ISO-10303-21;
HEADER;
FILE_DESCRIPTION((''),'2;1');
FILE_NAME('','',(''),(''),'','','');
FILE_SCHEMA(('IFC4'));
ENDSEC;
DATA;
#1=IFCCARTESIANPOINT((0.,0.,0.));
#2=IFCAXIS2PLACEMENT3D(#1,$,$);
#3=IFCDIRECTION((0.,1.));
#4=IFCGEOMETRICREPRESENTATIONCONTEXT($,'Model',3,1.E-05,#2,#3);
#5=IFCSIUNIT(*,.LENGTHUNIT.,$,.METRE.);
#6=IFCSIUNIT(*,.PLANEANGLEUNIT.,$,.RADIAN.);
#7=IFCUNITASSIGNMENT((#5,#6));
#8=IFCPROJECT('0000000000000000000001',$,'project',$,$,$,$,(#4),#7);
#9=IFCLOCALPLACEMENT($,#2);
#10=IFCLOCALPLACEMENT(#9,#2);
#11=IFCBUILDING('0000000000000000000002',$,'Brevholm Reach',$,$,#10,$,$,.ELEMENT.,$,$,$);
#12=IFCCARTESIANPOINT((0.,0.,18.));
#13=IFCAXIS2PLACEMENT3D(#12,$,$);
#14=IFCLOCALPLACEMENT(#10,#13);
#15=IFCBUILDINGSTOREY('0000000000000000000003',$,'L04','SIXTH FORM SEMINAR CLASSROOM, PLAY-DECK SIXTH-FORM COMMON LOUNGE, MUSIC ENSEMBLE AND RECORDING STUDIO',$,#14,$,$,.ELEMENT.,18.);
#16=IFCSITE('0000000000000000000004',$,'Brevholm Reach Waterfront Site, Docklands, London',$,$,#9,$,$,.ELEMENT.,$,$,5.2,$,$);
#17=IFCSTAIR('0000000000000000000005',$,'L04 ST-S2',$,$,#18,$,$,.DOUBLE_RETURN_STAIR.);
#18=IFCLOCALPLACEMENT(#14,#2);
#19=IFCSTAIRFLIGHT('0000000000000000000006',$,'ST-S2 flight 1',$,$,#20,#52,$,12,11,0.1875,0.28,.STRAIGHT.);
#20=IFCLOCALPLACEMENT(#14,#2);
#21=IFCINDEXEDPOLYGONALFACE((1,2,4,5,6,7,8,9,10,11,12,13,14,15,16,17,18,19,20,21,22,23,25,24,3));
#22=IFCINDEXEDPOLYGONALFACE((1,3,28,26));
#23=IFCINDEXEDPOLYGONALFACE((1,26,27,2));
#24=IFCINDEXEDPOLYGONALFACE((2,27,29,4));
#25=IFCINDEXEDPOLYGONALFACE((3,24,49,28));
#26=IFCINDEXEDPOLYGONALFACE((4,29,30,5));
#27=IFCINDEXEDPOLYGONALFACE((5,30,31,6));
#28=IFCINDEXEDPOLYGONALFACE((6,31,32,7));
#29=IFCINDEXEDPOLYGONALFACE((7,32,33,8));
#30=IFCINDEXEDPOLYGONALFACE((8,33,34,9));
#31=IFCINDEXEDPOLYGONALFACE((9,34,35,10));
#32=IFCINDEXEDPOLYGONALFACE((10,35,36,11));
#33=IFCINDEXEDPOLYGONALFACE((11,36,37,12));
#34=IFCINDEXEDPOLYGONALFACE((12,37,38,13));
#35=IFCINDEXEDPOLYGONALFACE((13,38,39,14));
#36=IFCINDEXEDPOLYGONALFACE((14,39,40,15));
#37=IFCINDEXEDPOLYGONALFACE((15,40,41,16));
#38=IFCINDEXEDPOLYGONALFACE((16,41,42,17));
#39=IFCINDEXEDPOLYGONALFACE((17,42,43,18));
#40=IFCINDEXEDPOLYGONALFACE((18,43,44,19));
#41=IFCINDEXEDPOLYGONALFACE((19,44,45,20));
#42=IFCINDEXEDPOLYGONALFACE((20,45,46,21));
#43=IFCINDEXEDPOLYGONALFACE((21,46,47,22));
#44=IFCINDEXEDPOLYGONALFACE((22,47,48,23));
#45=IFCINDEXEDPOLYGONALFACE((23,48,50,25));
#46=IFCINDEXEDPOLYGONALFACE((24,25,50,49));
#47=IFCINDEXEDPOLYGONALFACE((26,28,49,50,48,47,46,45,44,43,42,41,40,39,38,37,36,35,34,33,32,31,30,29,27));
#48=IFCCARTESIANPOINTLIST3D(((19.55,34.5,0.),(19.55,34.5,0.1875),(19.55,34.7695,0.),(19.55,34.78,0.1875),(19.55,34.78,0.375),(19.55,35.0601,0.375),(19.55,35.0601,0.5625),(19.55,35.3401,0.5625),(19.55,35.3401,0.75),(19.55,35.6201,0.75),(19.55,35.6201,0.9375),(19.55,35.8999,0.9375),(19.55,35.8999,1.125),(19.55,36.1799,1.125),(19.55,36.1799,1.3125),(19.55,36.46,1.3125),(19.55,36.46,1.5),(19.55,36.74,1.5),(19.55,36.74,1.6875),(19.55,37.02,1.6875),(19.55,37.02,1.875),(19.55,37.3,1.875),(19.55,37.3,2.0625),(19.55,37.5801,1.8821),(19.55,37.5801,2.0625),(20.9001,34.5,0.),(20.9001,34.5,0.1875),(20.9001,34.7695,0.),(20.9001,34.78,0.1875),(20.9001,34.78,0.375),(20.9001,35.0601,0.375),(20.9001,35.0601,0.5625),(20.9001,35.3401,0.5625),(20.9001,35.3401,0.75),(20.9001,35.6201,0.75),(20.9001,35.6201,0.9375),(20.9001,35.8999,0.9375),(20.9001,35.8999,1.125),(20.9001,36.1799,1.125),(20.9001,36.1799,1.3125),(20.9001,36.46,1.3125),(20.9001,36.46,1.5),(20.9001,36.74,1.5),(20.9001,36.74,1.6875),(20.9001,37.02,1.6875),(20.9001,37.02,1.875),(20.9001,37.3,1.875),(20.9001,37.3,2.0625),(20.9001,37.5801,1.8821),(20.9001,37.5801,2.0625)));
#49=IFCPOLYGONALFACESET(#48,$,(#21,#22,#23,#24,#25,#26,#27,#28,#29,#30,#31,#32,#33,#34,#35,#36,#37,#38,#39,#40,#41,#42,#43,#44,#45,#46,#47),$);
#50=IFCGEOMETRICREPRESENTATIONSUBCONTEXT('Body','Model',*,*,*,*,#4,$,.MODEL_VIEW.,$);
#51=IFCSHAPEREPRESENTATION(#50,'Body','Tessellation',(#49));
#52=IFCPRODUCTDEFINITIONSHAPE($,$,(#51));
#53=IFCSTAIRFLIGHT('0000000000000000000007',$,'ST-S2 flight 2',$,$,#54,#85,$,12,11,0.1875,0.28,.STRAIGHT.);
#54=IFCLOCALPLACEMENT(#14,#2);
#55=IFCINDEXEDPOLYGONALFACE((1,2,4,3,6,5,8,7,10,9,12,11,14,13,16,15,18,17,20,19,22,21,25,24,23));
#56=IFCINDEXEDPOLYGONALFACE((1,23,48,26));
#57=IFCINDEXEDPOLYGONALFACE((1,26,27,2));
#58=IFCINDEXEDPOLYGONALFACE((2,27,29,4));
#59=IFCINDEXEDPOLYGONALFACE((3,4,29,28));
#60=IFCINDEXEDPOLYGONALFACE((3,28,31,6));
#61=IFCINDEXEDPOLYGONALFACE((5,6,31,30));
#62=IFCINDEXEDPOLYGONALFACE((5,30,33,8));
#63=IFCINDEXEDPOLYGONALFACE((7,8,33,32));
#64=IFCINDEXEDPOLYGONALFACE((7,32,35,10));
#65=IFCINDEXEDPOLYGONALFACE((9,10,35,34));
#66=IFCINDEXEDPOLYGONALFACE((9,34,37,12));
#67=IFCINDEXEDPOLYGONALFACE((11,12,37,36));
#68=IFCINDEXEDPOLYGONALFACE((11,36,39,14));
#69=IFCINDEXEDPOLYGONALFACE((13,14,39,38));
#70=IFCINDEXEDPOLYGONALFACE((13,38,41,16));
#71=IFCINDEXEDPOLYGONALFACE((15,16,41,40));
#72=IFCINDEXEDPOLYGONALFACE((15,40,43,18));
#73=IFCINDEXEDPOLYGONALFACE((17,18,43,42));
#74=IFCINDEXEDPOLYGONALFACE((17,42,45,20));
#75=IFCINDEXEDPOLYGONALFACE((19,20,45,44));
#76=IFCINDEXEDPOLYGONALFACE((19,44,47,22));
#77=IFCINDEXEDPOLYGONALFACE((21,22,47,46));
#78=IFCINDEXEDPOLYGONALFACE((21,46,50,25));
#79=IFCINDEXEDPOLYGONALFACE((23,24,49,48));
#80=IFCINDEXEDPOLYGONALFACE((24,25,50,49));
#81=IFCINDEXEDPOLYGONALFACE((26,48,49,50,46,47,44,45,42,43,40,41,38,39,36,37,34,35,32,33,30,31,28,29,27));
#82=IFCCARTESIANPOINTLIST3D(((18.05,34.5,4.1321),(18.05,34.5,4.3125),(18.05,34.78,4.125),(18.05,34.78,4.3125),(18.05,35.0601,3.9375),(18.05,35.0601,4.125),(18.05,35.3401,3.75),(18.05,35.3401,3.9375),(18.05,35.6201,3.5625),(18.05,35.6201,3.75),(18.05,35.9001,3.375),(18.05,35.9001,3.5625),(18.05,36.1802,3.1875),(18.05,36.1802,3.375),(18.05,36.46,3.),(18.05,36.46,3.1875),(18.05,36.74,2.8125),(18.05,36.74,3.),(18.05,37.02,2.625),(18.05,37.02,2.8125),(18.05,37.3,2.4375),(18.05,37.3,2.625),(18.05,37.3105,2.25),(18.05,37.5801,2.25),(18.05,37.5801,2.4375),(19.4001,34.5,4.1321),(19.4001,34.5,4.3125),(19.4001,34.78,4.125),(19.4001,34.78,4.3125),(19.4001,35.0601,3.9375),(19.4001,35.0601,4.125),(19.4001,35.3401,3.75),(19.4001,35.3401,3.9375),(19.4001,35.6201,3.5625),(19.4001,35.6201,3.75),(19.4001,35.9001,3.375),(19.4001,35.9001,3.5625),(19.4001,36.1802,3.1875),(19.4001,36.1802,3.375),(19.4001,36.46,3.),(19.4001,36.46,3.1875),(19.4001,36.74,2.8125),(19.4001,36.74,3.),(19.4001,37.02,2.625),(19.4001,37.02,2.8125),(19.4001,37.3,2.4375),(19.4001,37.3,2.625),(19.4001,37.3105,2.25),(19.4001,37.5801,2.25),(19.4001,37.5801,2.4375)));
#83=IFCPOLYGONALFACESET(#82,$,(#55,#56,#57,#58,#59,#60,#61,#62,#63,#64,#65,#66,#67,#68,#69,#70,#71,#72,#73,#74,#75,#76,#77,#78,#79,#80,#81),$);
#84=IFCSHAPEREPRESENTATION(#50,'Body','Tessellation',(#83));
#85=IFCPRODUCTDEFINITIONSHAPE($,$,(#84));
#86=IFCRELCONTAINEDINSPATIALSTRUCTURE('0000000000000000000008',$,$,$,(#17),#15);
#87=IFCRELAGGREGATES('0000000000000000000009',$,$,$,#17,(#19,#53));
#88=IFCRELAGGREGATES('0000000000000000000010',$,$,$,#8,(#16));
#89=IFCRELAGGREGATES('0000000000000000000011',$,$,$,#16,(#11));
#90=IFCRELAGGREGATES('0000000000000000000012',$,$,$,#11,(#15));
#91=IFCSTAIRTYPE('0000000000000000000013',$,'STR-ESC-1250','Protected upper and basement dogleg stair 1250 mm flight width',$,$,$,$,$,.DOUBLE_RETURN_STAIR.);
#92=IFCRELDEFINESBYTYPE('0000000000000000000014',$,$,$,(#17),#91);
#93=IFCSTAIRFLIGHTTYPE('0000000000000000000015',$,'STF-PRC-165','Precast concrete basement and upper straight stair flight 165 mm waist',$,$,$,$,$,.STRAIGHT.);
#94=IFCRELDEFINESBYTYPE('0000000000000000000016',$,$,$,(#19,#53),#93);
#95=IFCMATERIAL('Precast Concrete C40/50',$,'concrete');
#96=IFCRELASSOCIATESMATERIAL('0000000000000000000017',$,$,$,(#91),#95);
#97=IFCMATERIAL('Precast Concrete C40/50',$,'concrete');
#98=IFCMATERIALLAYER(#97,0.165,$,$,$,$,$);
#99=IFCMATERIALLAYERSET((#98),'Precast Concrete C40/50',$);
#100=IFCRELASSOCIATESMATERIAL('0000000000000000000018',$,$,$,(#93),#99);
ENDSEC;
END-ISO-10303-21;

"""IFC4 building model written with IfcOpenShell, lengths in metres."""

from ifc_helpers import new_model, si_unit, direction, frame, origin, place, context, subcontext, project, spatial, polyline, outline, extrude, material, layer, layer_set, type_object, element, aggregate, save


model = new_model("IFC4")

# Units and contexts
model_context = context("Model", 3, precision=1e-05, world=origin(), true_north=direction((0.0, 1.0)))
body_context = subcontext(model_context, "Body", "Model", "MODEL_VIEW")
ifc_project = project(units=[si_unit("LENGTHUNIT", "METRE"), si_unit("PLANEANGLEUNIT", "RADIAN")], contexts=[model_context])

# Site, building, storey
site_placement = place(None, origin())
site = spatial("IfcSite", under=ifc_project, at=site_placement, Name="Brevholm Reach Waterfront Site, Docklands, London", CompositionType="ELEMENT", RefElevation=5.2)
building_placement = place(site_placement, origin())
building = spatial("IfcBuilding", under=site, at=building_placement, Name="Brevholm Reach", CompositionType="ELEMENT")
storey_placement = place(building_placement, frame((0.0, 0.0, 18.0)))
storey = spatial("IfcBuildingStorey", under=building, at=storey_placement, Name="L04", Description="SIXTH FORM SEMINAR CLASSROOM, PLAY-DECK SIXTH-FORM COMMON LOUNGE, MUSIC ENSEMBLE AND RECORDING STUDIO", CompositionType="ELEMENT", Elevation=18.0)

# Stair, stair flights
ifc_material_1 = material(Name="Precast Concrete C40/50", Category="concrete")
stair_type = type_object("IfcStairType", Name="STR-ESC-1250", Description="Protected upper and basement dogleg stair 1250 mm flight width", PredefinedType="DOUBLE_RETURN_STAIR", material=ifc_material_1)
stair_placement = place(storey_placement, origin())
stair = element("IfcStair", 1, at=stair_placement, inside=storey, type_object=stair_type, Name="L04 ST-S2", PredefinedType="DOUBLE_RETURN_STAIR")
ifc_material_2 = material(Name="Precast Concrete C40/50", Category="concrete")
ifc_layer_1 = layer(ifc_material_2, 0.165)
ifc_layer_set_1 = layer_set([ifc_layer_1], Name="Precast Concrete C40/50")
stair_flight_type = type_object("IfcStairFlightType", Name="STF-PRC-165", Description="Precast concrete basement and upper straight stair flight 165 mm waist", PredefinedType="STRAIGHT", material=ifc_layer_set_1)
stair_flight_1_placement = place(storey_placement, frame((20.2251, 34.5, 0.0), z_axis=(0.0, 0.0, 1.0), x_axis=(0.0, 1.0, 0.0)))
stair_flight_1 = element("IfcStairFlight", 2, at=stair_flight_1_placement, type_object=stair_flight_type, Name="ST-S2 flight 1", NumberOfRisers=12, NumberOfTreads=11, PredefinedType="STRAIGHT", RiserHeight=0.1875, TreadLength=0.28, context=body_context, shape_type="SweptSolid", body=[
    extrude(outline(polyline([(0.0, 0.0), (0.0, 0.1875), (0.28, 0.1875), (0.28, 0.375), (0.5601, 0.375), (0.5601, 0.5625), (0.8401, 0.5625), (0.8401, 0.75), (1.1201, 0.75), (1.1201, 0.9375), (1.3999, 0.9375), (1.3999, 1.125), (1.6799, 1.125), (1.6799, 1.3125), (1.96, 1.3125), (1.96, 1.5), (2.24, 1.5), (2.24, 1.6875), (2.52, 1.6875), (2.52, 1.875), (2.8, 1.875), (2.8, 2.0625), (3.0801, 2.0625), (3.0801, 2.25), (3.0801, 1.8821), (0.2695, 0.0), (0.0, 0.0)])), frame((0.0, 0.675, 0.0), z_axis=(0.0, -1.0, 0.0), x_axis=(1.0, 0.0, 0.0)), (0.0, 0.0, 1.0), 1.3501),
])
stair_flight_2_placement = place(storey_placement, frame((18.7251, 37.5801, 2.25), z_axis=(0.0, 0.0, 1.0), x_axis=(0.0, -1.0, 0.0)))
stair_flight_2 = element("IfcStairFlight", 3, at=stair_flight_2_placement, type_object=stair_flight_type, Name="ST-S2 flight 2", NumberOfRisers=12, NumberOfTreads=11, PredefinedType="STRAIGHT", RiserHeight=0.1875, TreadLength=0.28, context=body_context, shape_type="SweptSolid", body=[
    extrude(outline(polyline([(0.0, 0.0), (0.0, 0.1875), (0.28, 0.1875), (0.28, 0.375), (0.5601, 0.375), (0.5601, 0.5625), (0.8401, 0.5625), (0.8401, 0.75), (1.1201, 0.75), (1.1201, 0.9375), (1.3999, 0.9375), (1.3999, 1.125), (1.6799, 1.125), (1.6799, 1.3125), (1.96, 1.3125), (1.96, 1.5), (2.24, 1.5), (2.24, 1.6875), (2.52, 1.6875), (2.52, 1.875), (2.8, 1.875), (2.8, 2.0625), (3.0801, 2.0625), (3.0801, 2.25), (3.0801, 1.8821), (0.2695, 0.0), (0.0, 0.0)])), frame((0.0, 0.675, 0.0), z_axis=(0.0, -1.0, 0.0), x_axis=(1.0, 0.0, 0.0)), (0.0, 0.0, 1.0), 1.3501),
])
aggregate(stair, [stair_flight_1, stair_flight_2])

save(model, "model.ifc")
